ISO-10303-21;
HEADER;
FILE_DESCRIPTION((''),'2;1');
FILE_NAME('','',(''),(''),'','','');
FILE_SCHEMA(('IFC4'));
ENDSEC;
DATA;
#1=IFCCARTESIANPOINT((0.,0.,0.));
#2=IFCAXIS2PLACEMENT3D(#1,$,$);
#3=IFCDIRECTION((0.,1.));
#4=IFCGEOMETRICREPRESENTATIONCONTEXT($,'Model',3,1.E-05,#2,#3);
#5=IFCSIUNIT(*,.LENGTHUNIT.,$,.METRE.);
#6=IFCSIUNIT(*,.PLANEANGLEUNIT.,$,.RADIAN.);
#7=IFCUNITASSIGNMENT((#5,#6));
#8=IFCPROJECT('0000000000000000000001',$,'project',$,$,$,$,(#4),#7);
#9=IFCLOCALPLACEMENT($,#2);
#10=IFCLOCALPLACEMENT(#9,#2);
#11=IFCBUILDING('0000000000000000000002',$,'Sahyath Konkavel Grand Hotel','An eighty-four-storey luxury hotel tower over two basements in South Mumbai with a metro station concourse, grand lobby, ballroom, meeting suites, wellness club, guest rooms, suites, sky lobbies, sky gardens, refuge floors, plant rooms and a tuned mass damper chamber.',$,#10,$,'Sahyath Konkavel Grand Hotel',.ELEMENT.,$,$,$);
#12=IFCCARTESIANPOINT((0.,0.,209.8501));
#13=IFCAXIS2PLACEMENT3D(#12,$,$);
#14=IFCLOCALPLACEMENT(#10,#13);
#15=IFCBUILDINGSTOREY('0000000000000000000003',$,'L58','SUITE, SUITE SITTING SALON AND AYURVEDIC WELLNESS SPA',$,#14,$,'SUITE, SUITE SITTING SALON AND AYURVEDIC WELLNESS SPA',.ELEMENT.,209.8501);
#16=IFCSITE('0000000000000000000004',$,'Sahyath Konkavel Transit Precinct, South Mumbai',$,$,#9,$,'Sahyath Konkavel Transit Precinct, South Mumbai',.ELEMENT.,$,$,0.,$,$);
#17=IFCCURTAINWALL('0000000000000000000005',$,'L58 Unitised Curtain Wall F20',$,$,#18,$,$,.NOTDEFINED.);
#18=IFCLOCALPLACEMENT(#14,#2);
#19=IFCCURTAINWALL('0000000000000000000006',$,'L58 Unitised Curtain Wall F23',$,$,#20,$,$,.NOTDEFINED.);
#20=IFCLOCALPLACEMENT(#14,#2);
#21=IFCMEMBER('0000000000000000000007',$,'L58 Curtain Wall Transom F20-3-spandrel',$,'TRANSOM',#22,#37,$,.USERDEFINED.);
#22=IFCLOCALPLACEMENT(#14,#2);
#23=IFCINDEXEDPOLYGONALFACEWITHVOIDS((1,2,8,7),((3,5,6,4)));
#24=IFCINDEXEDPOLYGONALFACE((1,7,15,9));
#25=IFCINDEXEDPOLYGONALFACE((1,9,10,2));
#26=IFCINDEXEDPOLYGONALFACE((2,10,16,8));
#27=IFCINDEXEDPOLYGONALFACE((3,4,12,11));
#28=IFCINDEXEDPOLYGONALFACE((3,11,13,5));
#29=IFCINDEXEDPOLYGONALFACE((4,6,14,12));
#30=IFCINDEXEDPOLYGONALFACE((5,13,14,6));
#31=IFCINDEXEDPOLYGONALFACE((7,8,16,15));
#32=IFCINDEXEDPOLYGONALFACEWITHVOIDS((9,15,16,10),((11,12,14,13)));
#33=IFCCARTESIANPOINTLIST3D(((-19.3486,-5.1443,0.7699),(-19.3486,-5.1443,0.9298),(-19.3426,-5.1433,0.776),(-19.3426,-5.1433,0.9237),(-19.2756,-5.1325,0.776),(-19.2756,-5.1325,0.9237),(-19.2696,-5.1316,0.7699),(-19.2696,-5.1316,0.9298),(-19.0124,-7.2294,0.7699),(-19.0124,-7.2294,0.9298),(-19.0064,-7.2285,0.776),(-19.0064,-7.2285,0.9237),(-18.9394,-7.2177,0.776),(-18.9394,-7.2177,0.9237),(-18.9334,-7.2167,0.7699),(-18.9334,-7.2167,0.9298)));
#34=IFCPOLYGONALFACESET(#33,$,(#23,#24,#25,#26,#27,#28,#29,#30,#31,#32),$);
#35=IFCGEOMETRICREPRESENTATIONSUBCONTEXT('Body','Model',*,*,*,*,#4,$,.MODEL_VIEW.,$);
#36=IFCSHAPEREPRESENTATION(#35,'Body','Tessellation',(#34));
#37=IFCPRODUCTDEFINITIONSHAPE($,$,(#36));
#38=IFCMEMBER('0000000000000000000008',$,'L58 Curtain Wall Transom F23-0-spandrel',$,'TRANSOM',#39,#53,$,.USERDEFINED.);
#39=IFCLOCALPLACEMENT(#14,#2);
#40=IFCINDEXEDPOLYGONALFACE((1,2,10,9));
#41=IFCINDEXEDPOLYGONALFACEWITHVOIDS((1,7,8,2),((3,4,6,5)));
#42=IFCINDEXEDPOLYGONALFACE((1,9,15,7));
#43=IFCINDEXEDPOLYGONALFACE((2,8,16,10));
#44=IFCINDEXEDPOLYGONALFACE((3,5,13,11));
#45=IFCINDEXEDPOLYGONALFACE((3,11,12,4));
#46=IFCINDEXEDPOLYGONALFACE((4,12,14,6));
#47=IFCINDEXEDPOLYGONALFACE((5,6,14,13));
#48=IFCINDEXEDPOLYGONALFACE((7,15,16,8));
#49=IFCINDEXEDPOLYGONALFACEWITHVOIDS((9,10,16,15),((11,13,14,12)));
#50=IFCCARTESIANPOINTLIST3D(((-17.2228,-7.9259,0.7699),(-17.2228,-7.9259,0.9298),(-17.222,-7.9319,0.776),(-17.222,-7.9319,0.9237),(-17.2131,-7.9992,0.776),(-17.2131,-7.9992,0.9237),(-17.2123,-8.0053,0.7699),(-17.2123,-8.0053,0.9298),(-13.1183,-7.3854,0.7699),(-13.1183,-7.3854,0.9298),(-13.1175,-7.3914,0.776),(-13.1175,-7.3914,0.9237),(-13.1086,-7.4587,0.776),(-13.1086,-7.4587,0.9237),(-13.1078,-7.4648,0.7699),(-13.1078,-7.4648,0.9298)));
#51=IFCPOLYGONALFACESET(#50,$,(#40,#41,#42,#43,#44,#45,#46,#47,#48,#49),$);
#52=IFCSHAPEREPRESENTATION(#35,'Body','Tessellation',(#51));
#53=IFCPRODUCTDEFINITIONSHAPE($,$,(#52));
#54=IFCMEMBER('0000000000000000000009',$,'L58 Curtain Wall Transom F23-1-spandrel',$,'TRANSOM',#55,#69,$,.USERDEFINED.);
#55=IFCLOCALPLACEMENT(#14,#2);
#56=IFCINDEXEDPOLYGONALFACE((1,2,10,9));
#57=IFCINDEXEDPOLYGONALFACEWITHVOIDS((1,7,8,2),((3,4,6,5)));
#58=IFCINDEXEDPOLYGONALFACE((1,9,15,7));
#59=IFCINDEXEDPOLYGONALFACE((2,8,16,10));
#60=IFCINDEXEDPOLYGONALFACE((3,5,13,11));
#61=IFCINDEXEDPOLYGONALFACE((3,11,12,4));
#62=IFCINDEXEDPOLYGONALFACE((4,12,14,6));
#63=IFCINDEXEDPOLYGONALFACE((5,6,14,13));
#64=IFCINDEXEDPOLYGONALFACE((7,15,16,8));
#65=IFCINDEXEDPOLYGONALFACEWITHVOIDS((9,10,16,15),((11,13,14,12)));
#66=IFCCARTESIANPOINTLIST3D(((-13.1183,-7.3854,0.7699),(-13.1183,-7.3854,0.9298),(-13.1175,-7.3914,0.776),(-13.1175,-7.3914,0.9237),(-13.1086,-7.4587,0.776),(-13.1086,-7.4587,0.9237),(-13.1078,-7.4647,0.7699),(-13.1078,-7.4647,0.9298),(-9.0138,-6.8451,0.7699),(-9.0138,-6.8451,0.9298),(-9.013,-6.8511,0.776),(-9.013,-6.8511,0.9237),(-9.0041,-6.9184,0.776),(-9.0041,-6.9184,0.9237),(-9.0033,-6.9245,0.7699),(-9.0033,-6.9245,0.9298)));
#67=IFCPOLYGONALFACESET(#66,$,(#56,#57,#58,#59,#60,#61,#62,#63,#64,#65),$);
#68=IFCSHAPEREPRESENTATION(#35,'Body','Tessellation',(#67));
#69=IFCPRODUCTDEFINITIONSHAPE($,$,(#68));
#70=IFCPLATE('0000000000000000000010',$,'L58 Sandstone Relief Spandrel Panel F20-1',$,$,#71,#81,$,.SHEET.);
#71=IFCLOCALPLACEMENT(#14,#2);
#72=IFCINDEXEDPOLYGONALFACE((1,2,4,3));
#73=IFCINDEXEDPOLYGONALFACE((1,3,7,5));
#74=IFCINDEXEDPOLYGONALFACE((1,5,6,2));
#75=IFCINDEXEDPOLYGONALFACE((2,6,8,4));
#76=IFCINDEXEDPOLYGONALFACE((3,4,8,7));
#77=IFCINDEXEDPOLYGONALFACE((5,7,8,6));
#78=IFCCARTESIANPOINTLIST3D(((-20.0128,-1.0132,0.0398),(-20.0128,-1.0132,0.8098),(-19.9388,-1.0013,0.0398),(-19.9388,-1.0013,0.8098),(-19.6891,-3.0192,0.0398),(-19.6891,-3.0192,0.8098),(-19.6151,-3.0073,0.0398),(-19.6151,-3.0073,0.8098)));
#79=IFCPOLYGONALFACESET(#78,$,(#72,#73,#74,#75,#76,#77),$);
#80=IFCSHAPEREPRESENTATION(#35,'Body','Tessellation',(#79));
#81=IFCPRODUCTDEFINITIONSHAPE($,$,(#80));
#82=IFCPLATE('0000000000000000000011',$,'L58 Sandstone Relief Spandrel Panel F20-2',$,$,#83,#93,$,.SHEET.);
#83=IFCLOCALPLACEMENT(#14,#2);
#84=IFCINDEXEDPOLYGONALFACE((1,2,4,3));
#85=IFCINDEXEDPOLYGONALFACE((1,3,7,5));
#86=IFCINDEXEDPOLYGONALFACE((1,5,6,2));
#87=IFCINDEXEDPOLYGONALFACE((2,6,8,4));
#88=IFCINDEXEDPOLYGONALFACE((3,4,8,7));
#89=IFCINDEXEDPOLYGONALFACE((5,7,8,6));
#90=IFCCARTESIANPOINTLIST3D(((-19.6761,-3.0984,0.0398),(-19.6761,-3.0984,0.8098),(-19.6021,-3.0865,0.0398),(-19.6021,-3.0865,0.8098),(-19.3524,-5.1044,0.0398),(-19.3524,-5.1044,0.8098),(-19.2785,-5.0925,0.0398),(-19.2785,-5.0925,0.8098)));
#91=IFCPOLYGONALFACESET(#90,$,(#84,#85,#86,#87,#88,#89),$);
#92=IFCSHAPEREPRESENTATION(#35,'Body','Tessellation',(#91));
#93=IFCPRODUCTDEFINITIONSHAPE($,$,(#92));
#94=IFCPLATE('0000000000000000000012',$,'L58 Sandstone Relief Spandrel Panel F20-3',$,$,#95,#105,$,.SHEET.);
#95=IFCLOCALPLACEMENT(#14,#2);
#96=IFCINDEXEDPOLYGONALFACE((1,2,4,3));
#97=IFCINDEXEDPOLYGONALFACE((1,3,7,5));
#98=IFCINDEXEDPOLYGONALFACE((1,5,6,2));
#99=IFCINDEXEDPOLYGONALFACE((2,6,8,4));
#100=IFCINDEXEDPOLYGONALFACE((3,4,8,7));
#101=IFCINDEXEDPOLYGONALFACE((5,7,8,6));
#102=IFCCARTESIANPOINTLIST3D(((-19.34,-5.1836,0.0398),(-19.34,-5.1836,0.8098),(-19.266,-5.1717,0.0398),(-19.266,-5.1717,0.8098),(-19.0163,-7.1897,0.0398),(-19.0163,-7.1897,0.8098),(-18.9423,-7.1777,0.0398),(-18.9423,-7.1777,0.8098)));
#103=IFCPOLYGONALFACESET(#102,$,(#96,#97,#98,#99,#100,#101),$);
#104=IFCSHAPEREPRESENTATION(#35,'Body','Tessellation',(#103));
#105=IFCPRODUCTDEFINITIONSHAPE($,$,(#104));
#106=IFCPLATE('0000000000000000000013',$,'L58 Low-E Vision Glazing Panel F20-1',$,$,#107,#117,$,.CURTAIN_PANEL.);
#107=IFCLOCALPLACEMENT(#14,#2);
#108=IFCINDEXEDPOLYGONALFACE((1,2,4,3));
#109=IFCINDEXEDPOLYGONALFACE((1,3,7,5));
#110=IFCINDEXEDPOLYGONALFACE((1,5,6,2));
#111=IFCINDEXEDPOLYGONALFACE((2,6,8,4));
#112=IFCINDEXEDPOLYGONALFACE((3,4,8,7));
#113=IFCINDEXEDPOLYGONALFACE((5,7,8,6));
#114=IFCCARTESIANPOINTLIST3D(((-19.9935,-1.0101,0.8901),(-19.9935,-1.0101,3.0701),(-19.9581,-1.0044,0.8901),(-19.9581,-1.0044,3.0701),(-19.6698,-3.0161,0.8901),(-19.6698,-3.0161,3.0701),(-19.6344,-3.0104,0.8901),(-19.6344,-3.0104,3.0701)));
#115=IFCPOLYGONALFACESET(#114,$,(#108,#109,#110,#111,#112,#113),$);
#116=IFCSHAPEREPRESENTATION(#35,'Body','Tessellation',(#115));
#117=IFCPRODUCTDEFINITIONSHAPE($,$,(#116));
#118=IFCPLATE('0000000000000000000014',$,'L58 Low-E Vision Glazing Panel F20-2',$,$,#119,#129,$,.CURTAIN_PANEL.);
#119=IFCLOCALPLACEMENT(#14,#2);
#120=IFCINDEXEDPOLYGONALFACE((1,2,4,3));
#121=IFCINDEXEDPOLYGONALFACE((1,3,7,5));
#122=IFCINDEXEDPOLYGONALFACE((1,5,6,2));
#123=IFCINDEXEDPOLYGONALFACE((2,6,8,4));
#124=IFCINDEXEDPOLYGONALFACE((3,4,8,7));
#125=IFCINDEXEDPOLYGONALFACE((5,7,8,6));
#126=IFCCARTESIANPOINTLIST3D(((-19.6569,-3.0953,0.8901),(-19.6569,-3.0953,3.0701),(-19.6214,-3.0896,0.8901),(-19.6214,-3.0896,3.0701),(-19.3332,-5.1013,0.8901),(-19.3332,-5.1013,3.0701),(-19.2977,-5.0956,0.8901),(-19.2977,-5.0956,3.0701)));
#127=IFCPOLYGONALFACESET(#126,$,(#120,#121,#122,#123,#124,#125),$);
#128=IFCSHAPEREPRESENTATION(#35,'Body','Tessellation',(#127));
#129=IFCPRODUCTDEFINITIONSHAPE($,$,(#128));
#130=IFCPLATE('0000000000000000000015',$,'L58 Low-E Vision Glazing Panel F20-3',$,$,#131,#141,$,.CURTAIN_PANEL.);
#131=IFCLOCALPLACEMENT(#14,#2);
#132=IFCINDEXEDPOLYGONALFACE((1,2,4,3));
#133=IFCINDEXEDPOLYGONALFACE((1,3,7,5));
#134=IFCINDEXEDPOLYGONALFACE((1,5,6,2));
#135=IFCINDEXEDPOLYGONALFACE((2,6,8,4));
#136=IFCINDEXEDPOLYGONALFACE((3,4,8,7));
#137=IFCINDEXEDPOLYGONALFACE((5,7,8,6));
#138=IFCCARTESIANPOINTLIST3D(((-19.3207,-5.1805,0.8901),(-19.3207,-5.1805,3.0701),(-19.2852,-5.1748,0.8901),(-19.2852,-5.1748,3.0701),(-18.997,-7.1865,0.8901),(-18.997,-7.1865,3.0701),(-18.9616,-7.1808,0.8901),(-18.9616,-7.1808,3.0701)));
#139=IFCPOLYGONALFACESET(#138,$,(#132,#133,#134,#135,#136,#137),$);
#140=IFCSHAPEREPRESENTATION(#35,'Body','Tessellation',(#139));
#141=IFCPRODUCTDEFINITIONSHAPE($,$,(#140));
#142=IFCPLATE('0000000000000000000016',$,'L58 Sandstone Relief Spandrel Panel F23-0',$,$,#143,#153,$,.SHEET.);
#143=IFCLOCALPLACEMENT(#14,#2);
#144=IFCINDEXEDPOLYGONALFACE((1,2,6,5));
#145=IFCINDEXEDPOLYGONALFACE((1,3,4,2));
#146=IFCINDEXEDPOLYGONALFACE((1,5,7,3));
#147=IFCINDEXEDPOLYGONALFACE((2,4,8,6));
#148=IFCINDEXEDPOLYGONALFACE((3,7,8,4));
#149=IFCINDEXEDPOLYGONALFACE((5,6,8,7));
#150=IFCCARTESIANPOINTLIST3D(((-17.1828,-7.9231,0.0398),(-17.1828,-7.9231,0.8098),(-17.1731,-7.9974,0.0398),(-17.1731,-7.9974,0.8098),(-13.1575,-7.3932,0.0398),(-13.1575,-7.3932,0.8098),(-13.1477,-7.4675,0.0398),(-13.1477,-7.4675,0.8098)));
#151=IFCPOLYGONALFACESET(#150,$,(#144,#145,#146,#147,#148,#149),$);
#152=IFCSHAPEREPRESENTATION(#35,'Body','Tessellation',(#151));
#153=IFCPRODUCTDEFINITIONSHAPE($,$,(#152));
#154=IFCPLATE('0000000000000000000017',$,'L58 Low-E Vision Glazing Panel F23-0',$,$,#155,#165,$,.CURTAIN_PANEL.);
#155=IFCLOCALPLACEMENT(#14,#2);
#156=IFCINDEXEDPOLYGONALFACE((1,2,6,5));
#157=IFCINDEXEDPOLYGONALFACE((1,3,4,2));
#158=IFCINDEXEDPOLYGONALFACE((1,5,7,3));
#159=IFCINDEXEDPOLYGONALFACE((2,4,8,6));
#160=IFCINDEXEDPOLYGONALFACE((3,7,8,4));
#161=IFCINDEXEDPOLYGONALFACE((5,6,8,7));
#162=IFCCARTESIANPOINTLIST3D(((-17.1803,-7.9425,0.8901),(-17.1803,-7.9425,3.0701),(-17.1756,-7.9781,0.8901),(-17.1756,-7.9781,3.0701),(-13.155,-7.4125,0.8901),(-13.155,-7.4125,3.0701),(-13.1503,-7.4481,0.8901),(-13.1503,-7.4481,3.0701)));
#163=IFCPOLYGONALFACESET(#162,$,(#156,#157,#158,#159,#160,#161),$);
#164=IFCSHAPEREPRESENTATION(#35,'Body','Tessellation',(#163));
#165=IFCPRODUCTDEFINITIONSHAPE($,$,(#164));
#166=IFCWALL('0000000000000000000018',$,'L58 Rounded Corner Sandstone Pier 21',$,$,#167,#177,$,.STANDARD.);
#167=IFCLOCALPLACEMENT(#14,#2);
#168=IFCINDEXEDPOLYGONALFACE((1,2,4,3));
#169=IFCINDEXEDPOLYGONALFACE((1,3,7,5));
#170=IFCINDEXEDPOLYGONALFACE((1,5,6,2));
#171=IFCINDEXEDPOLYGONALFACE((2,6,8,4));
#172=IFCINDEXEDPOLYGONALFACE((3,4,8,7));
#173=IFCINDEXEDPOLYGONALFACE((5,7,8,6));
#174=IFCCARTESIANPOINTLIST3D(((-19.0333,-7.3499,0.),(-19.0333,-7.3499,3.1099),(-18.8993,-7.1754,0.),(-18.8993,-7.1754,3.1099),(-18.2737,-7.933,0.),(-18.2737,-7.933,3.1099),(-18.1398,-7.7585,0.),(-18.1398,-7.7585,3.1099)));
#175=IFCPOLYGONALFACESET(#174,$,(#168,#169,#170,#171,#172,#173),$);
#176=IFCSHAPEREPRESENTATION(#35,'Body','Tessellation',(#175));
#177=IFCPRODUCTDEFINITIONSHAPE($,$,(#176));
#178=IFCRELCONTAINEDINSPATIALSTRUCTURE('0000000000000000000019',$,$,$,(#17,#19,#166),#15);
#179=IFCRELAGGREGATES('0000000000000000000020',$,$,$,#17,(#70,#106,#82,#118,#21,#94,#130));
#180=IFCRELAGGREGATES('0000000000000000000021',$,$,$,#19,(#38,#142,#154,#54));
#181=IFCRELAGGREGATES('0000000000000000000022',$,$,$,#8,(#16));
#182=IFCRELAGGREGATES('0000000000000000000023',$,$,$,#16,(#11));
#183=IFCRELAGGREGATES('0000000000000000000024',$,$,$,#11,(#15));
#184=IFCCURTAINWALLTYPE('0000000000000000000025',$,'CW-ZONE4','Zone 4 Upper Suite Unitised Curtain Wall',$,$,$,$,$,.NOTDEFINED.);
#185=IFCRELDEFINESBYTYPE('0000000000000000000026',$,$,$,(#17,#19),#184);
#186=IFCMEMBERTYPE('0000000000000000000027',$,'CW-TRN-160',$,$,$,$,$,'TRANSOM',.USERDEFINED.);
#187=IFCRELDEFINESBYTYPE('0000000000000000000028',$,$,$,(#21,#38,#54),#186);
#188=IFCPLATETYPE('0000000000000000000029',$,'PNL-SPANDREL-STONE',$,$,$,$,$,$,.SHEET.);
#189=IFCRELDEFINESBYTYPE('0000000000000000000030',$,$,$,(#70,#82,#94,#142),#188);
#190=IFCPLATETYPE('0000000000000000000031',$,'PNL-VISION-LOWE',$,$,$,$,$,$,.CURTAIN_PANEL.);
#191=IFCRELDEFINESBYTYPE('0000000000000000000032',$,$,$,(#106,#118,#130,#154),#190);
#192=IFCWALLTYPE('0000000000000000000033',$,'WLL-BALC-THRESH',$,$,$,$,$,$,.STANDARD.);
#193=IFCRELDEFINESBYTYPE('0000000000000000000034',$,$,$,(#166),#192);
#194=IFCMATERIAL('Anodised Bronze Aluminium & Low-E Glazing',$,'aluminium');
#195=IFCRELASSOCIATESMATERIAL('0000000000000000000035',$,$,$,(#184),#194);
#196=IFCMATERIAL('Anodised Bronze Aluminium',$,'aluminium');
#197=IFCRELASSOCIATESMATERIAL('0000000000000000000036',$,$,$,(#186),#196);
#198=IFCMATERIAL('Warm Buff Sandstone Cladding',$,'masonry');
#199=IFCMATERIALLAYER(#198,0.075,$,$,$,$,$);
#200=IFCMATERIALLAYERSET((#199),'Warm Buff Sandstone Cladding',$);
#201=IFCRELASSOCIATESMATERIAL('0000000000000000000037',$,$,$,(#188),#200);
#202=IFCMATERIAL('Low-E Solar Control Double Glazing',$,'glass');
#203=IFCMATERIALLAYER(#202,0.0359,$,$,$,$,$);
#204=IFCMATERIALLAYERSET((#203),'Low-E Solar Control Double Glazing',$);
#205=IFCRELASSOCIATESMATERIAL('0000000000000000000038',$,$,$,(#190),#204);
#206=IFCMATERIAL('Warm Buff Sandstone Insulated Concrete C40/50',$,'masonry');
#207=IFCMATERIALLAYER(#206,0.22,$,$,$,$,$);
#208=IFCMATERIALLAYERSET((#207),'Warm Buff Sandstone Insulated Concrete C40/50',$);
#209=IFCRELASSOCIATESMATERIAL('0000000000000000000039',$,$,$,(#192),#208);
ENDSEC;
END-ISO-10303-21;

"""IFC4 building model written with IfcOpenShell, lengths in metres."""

from ifc_helpers import new_model, si_unit, direction, frame, frame_2d, origin, origin_2d, place, context, subcontext, project, spatial, rectangle, hollow_rectangle, extrude, source, transform, mapped, material, layer, layer_set, material_profile, profile_set, type_object, element, aggregate, save


model = new_model("IFC4")

# Units and contexts
model_context = context("Model", 3, precision=1e-05, world=origin(), true_north=direction((0.0, 1.0)))
body_context = subcontext(model_context, "Body", "Model", "MODEL_VIEW")
ifc_project = project(units=[si_unit("LENGTHUNIT", "METRE"), si_unit("PLANEANGLEUNIT", "RADIAN")], contexts=[model_context])

# Site, building, storey
site_placement = place(None, origin())
site = spatial("IfcSite", under=ifc_project, at=site_placement, Name="Sahyath Konkavel Transit Precinct, South Mumbai", LongName="Sahyath Konkavel Transit Precinct, South Mumbai", CompositionType="ELEMENT", RefElevation=0.0)
building_placement = place(site_placement, origin())
building = spatial("IfcBuilding", under=site, at=building_placement, Name="Sahyath Konkavel Grand Hotel", Description="An eighty-four-storey luxury hotel tower over two basements in South Mumbai with a metro station concourse, grand lobby, ballroom, meeting suites, wellness club, guest rooms, suites, sky lobbies, sky gardens, refuge floors, plant rooms and a tuned mass damper chamber.", LongName="Sahyath Konkavel Grand Hotel", CompositionType="ELEMENT")
storey_placement = place(building_placement, frame((0.0, 0.0, 209.8501)))
storey = spatial("IfcBuildingStorey", under=building, at=storey_placement, Name="L58", Description="SUITE, SUITE SITTING SALON AND AYURVEDIC WELLNESS SPA", LongName="SUITE, SUITE SITTING SALON AND AYURVEDIC WELLNESS SPA", CompositionType="ELEMENT", Elevation=209.8501)

# Curtain walls
ifc_material_1 = material(Name="Anodised Bronze Aluminium & Low-E Glazing", Category="aluminium")
curtain_wall_type = type_object("IfcCurtainWallType", Name="CW-ZONE4", Description="Zone 4 Upper Suite Unitised Curtain Wall", PredefinedType="NOTDEFINED", material=ifc_material_1)
curtain_wall_1_placement = place(storey_placement, origin())
curtain_wall_1 = element("IfcCurtainWall", 1, at=curtain_wall_1_placement, inside=storey, type_object=curtain_wall_type, Name="L58 Unitised Curtain Wall F20", PredefinedType="NOTDEFINED")
ifc_material_2 = material(Name="Anodised Bronze Aluminium", Category="aluminium")
curtain_wall_2_placement = place(storey_placement, origin())
curtain_wall_2 = element("IfcCurtainWall", 2, at=curtain_wall_2_placement, inside=storey, type_object=curtain_wall_type, Name="L58 Unitised Curtain Wall F23", PredefinedType="NOTDEFINED")

# Members
ifc_material_profile_1 = material_profile(ifc_material_2, hollow_rectangle(XDim=0.0801, YDim=0.1599, WallThickness=0.0061, at=origin_2d()), Name="RHS 160x80x6")
ifc_profile_set_1 = profile_set([ifc_material_profile_1], Name="Anodised Bronze Aluminium")
member_type_1 = type_object("IfcMemberType", Name="CW-TRN-160", ElementType="TRANSOM", PredefinedType="USERDEFINED", material=ifc_profile_set_1)
shared_shape_1 = source(origin(), body_context, "Body", "SweptSolid", [
    extrude(hollow_rectangle(XDim=0.0801, YDim=0.1599, WallThickness=0.0061, at=origin_2d()), origin(), (0.0, 0.0, 1.0), 2.1121),
])
member_1_placement = place(storey_placement, frame((-19.3091, -5.1379, 0.8499), z_axis=(0.159167, -0.987252, 0.0), x_axis=(0.987252, 0.159167, 0.0)))
member_1 = element("IfcMember", 3, at=member_1_placement, type_object=member_type_1, Name="L58 Curtain Wall Transom F20-3-spandrel", ObjectType="TRANSOM", PredefinedType="USERDEFINED", context=body_context, shape_type="MappedRepresentation", body=[
    mapped(shared_shape_1, transform((0.0, 0.0, 0.0), scale=1.0)),
])
shared_shape_2 = source(origin(), body_context, "Body", "SweptSolid", [
    extrude(hollow_rectangle(XDim=0.0801, YDim=0.1599, WallThickness=0.0061, at=origin_2d()), origin(), (0.0, 0.0, 1.0), 4.1399),
])
member_2_placement = place(storey_placement, frame((-17.2175, -7.9656, 0.8499), z_axis=(0.99144, 0.130564, 0.0), x_axis=(-0.130564, 0.99144, 0.0)))
member_2 = element("IfcMember", 4, at=member_2_placement, type_object=member_type_1, Name="L58 Curtain Wall Transom F23-0-spandrel", ObjectType="TRANSOM", PredefinedType="USERDEFINED", context=body_context, shape_type="MappedRepresentation", body=[
    mapped(shared_shape_2, transform((0.0, 0.0, 0.0), scale=1.0)),
])
member_3_placement = place(storey_placement, frame((-13.113, -7.425, 0.8499), z_axis=(0.991447, 0.130506, 0.0), x_axis=(-0.130506, 0.991447, 0.0)))
member_3 = element("IfcMember", 5, at=member_3_placement, type_object=member_type_1, Name="L58 Curtain Wall Transom F23-1-spandrel", ObjectType="TRANSOM", PredefinedType="USERDEFINED", context=body_context, shape_type="MappedRepresentation", body=[
    mapped(shared_shape_2, transform((0.0, 0.0, 0.0), scale=1.0)),
])

# Plates
ifc_material_3 = material(Name="Warm Buff Sandstone Cladding", Category="masonry")
ifc_layer_1 = layer(ifc_material_3, 0.075)
ifc_layer_set_1 = layer_set([ifc_layer_1], Name="Warm Buff Sandstone Cladding")
plate_type_1 = type_object("IfcPlateType", Name="PNL-SPANDREL-STONE", PredefinedType="SHEET", material=ifc_layer_set_1)
shared_shape_3 = source(origin(), body_context, "Body", "SweptSolid", [
    extrude(rectangle(XDim=2.032, YDim=0.075, at=origin_2d()), origin(), (0.0, 0.0, 1.0), 0.77),
])
plate_1_placement = place(storey_placement, frame((-19.814, -2.0103, 0.0398), z_axis=(0.0, 0.0, 1.0), x_axis=(0.159295, -0.987231, 0.0)))
plate_1 = element("IfcPlate", 6, at=plate_1_placement, type_object=plate_type_1, Name="L58 Sandstone Relief Spandrel Panel F20-1", PredefinedType="SHEET", context=body_context, shape_type="MappedRepresentation", body=[
    mapped(shared_shape_3, transform((0.0, 0.0, 0.0), scale=1.0)),
])
plate_2_placement = place(storey_placement, frame((-19.4773, -4.0955, 0.0398), z_axis=(0.0, 0.0, 1.0), x_axis=(0.159295, -0.987231, 0.0)))
plate_2 = element("IfcPlate", 7, at=plate_2_placement, type_object=plate_type_1, Name="L58 Sandstone Relief Spandrel Panel F20-2", PredefinedType="SHEET", context=body_context, shape_type="MappedRepresentation", body=[
    mapped(shared_shape_3, transform((0.0, 0.0, 0.0), scale=1.0)),
])
plate_3_placement = place(storey_placement, frame((-19.1411, -6.1807, 0.0398), z_axis=(0.0, 0.0, 1.0), x_axis=(0.159295, -0.987231, 0.0)))
plate_3 = element("IfcPlate", 8, at=plate_3_placement, type_object=plate_type_1, Name="L58 Sandstone Relief Spandrel Panel F20-3", PredefinedType="SHEET", context=body_context, shape_type="MappedRepresentation", body=[
    mapped(shared_shape_3, transform((0.0, 0.0, 0.0), scale=1.0)),
])
ifc_material_4 = material(Name="Low-E Solar Control Double Glazing", Category="glass")
ifc_layer_2 = layer(ifc_material_4, 0.0359)
ifc_layer_set_2 = layer_set([ifc_layer_2], Name="Low-E Solar Control Double Glazing")
plate_type_2 = type_object("IfcPlateType", Name="PNL-VISION-LOWE", PredefinedType="CURTAIN_PANEL", material=ifc_layer_set_2)
shared_shape_4 = source(origin(), body_context, "Body", "SweptSolid", [
    extrude(rectangle(XDim=2.032, YDim=0.0359, at=origin_2d()), origin(), (0.0, 0.0, 1.0), 2.1799),
])
plate_4_placement = place(storey_placement, frame((-19.814, -2.0103, 0.8901), z_axis=(0.0, 0.0, 1.0), x_axis=(0.159295, -0.987231, 0.0)))
plate_4 = element("IfcPlate", 9, at=plate_4_placement, type_object=plate_type_2, Name="L58 Low-E Vision Glazing Panel F20-1", PredefinedType="CURTAIN_PANEL", context=body_context, shape_type="MappedRepresentation", body=[
    mapped(shared_shape_4, transform((0.0, 0.0, 0.0), scale=1.0)),
])
plate_5_placement = place(storey_placement, frame((-19.4773, -4.0955, 0.8901), z_axis=(0.0, 0.0, 1.0), x_axis=(0.159295, -0.987231, 0.0)))
plate_5 = element("IfcPlate", 10, at=plate_5_placement, type_object=plate_type_2, Name="L58 Low-E Vision Glazing Panel F20-2", PredefinedType="CURTAIN_PANEL", context=body_context, shape_type="MappedRepresentation", body=[
    mapped(shared_shape_4, transform((0.0, 0.0, 0.0), scale=1.0)),
])
plate_6_placement = place(storey_placement, frame((-19.1411, -6.1807, 0.8901), z_axis=(0.0, 0.0, 1.0), x_axis=(0.159295, -0.987231, 0.0)))
plate_6 = element("IfcPlate", 11, at=plate_6_placement, type_object=plate_type_2, Name="L58 Low-E Vision Glazing Panel F20-3", PredefinedType="CURTAIN_PANEL", context=body_context, shape_type="MappedRepresentation", body=[
    mapped(shared_shape_4, transform((0.0, 0.0, 0.0), scale=1.0)),
])
aggregate(curtain_wall_1, [plate_1, plate_4, plate_2, plate_5, member_1, plate_3, plate_6])
shared_shape_5 = source(origin(), body_context, "Body", "SweptSolid", [
    extrude(rectangle(XDim=4.0601, YDim=0.075, at=origin_2d()), origin(), (0.0, 0.0, 1.0), 0.77),
])
plate_7_placement = place(storey_placement, frame((-15.1653, -7.6953, 0.0398), z_axis=(0.0, 0.0, 1.0), x_axis=(0.991445, 0.130526, 0.0)))
plate_7 = element("IfcPlate", 12, at=plate_7_placement, type_object=plate_type_1, Name="L58 Sandstone Relief Spandrel Panel F23-0", PredefinedType="SHEET", context=body_context, shape_type="MappedRepresentation", body=[
    mapped(shared_shape_5, transform((0.0, 0.0, 0.0), scale=1.0)),
])
shared_shape_6 = source(origin(), body_context, "Body", "SweptSolid", [
    extrude(rectangle(XDim=4.0601, YDim=0.0359, at=origin_2d()), origin(), (0.0, 0.0, 1.0), 2.1799),
])
plate_8_placement = place(storey_placement, frame((-15.1653, -7.6953, 0.8901), z_axis=(0.0, 0.0, 1.0), x_axis=(0.991445, 0.130526, 0.0)))
plate_8 = element("IfcPlate", 13, at=plate_8_placement, type_object=plate_type_2, Name="L58 Low-E Vision Glazing Panel F23-0", PredefinedType="CURTAIN_PANEL", context=body_context, shape_type="MappedRepresentation", body=[
    mapped(shared_shape_6, transform((0.0, 0.0, 0.0), scale=1.0)),
])
aggregate(curtain_wall_2, [member_2, plate_7, plate_8, member_3])

# Wall
ifc_material_5 = material(Name="Warm Buff Sandstone Insulated Concrete C40/50", Category="masonry")
ifc_layer_3 = layer(ifc_material_5, 0.22)
ifc_layer_set_3 = layer_set([ifc_layer_3], Name="Warm Buff Sandstone Insulated Concrete C40/50")
wall_type_1 = type_object("IfcWallType", Name="WLL-BALC-THRESH", PredefinedType="STANDARD", material=ifc_layer_set_3)
wall_1_placement = place(storey_placement, frame((-18.9663, -7.2627, 0.0), z_axis=(0.0, 0.0, 1.0), x_axis=(0.793249, -0.608897, 0.0)))
element("IfcWall", 14, at=wall_1_placement, inside=storey, type_object=wall_type_1, Name="L58 Rounded Corner Sandstone Pier 21", PredefinedType="STANDARD", context=body_context, shape_type="SweptSolid", body=[
    extrude(rectangle(XDim=0.9575, YDim=0.22, at=frame_2d((0.4788, 0.0))), origin(), (0.0, 0.0, 1.0), 3.1099),
])

save(model, "model.ifc")
